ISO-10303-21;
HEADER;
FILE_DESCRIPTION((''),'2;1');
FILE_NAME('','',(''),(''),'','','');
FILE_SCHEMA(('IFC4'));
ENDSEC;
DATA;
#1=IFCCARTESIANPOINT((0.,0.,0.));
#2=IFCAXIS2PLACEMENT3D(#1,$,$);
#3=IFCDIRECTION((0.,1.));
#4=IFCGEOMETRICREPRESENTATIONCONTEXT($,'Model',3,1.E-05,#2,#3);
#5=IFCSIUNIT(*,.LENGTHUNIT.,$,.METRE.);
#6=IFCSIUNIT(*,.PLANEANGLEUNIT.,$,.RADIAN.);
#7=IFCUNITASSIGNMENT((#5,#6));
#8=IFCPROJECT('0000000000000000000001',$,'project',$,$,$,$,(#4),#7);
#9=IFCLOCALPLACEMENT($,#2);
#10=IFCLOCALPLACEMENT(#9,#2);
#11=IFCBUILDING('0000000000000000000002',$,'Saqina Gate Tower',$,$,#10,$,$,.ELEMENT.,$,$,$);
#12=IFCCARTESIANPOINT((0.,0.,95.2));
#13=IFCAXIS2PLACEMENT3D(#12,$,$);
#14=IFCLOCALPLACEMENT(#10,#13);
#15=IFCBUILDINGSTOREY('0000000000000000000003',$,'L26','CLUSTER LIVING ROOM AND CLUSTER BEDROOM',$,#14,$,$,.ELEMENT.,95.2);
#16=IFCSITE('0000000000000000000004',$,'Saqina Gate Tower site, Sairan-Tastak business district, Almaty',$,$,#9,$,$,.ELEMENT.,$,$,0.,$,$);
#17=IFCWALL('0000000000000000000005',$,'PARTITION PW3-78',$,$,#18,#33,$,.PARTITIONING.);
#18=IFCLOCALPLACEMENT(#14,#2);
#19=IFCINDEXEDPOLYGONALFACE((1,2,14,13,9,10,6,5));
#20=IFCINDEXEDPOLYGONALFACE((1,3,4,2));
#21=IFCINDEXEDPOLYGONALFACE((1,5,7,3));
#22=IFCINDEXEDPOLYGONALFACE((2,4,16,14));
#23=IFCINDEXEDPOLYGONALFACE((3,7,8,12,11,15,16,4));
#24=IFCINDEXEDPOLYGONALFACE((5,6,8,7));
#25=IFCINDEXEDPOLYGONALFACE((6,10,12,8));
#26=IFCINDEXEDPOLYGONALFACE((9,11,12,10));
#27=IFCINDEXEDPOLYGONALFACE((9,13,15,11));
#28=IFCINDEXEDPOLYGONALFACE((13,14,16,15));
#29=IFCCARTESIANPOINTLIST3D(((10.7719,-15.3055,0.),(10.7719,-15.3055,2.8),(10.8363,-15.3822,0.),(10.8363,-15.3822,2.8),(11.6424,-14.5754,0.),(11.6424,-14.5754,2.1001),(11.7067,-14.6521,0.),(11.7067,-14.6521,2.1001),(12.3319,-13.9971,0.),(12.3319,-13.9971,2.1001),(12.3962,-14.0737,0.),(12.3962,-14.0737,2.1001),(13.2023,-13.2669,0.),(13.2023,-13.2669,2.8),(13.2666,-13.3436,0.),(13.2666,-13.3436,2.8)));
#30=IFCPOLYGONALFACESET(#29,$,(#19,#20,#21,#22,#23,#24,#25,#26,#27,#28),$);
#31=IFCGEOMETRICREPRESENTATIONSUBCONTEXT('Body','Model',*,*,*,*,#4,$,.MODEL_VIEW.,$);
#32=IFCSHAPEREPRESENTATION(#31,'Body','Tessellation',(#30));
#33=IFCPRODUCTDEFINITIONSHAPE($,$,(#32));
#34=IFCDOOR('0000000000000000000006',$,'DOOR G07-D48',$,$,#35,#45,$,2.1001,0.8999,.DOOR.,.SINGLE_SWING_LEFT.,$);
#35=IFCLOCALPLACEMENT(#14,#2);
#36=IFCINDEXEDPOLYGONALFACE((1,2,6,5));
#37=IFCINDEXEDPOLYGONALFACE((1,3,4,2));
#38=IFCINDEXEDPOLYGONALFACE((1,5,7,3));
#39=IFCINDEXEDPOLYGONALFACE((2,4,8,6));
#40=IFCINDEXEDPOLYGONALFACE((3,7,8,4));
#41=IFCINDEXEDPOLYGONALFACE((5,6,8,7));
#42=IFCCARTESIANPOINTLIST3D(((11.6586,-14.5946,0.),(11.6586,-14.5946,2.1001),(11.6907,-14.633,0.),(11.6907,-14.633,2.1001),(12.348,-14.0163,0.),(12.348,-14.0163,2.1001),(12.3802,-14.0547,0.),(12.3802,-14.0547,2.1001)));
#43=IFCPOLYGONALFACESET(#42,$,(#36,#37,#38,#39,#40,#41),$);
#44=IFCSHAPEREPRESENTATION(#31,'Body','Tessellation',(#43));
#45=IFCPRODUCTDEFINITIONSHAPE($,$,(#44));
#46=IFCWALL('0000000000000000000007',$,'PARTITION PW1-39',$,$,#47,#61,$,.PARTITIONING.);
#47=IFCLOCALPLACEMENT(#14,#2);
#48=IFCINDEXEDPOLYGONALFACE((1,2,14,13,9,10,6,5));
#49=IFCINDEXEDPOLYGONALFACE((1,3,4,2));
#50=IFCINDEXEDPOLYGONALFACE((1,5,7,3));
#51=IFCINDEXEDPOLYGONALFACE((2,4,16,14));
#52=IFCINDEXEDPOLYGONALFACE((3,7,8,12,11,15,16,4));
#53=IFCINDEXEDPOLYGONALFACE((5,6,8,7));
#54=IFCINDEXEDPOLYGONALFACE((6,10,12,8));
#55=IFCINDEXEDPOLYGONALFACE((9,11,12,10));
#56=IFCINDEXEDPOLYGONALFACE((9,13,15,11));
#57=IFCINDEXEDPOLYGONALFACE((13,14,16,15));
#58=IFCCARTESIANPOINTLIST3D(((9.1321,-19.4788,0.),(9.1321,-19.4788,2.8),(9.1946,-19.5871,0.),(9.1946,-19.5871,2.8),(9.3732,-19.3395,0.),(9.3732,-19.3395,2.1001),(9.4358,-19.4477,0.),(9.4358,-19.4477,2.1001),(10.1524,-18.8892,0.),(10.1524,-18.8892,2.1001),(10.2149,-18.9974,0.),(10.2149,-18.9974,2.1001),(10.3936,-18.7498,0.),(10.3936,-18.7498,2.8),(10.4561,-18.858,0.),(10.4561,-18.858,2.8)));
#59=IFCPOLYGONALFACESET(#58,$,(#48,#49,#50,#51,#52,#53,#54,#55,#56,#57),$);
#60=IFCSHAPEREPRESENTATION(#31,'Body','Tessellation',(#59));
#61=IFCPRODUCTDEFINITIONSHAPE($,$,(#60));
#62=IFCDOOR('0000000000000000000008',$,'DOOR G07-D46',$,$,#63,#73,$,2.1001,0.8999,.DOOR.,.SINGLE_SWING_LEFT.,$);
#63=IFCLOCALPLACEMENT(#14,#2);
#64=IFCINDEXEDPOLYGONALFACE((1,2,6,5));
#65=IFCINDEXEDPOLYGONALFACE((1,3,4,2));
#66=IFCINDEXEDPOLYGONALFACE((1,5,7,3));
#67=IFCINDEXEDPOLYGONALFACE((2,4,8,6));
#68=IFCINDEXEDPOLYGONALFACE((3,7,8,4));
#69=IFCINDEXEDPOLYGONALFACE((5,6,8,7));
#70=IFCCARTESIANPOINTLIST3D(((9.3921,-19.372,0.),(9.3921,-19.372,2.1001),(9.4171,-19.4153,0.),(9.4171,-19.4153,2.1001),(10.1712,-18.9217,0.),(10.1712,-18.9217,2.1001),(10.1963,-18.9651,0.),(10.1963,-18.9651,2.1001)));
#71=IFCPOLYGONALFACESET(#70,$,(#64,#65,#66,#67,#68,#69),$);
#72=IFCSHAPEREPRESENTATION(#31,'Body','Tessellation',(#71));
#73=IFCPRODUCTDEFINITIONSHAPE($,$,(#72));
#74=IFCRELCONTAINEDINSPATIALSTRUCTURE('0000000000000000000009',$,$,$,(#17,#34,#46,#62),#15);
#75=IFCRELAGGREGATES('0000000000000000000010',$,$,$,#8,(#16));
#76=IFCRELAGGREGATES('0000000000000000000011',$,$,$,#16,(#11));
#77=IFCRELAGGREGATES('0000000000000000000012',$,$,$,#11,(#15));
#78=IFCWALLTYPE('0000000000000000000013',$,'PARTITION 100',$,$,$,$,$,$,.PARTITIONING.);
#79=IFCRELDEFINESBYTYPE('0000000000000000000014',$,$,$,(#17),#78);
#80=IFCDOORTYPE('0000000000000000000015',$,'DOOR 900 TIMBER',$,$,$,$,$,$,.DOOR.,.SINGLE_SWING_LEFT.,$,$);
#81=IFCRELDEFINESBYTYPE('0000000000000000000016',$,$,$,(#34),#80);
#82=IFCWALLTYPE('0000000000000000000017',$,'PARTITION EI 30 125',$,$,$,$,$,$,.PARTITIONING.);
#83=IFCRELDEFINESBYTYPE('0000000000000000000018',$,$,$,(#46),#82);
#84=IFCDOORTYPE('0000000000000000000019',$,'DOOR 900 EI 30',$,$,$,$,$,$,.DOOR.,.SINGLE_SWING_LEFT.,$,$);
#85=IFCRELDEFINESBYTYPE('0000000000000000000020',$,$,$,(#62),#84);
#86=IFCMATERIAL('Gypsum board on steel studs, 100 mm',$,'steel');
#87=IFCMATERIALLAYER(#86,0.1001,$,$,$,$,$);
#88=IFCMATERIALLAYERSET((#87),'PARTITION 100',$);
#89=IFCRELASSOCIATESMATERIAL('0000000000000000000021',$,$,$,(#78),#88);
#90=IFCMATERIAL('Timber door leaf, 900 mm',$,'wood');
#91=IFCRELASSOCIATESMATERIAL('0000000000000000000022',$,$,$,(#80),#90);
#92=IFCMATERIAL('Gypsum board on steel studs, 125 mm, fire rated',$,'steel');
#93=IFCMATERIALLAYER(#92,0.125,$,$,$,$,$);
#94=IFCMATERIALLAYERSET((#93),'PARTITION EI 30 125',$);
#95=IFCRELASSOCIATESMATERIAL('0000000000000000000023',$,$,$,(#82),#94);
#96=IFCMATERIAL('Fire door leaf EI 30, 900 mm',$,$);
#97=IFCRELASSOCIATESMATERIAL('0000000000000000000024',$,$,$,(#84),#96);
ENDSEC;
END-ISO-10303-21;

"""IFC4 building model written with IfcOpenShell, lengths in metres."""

from ifc_helpers import new_model, si_unit, direction, frame, frame_2d, origin, place, context, subcontext, project, spatial, rectangle, extrude, material, layer, layer_set, type_object, element, fill, save


model = new_model("IFC4")

# Units and contexts
model_context = context("Model", 3, precision=1e-05, world=origin(), true_north=direction((0.0, 1.0)))
body_context = subcontext(model_context, "Body", "Model", "MODEL_VIEW")
ifc_project = project(units=[si_unit("LENGTHUNIT", "METRE"), si_unit("PLANEANGLEUNIT", "RADIAN")], contexts=[model_context])

# Site, building, storey
site_placement = place(None, origin())
site = spatial("IfcSite", under=ifc_project, at=site_placement, Name="Saqina Gate Tower site, Sairan-Tastak business district, Almaty", CompositionType="ELEMENT", RefElevation=0.0)
building_placement = place(site_placement, origin())
building = spatial("IfcBuilding", under=site, at=building_placement, Name="Saqina Gate Tower", CompositionType="ELEMENT")
storey_placement = place(building_placement, frame((0.0, 0.0, 95.2)))
storey = spatial("IfcBuildingStorey", under=building, at=storey_placement, Name="L26", Description="CLUSTER LIVING ROOM AND CLUSTER BEDROOM", CompositionType="ELEMENT", Elevation=95.2)

# Shared definitions
ifc_material_1 = material(Name="Gypsum board on steel studs, 100 mm", Category="steel")
ifc_layer_1 = layer(ifc_material_1, 0.1001)
ifc_layer_set_1 = layer_set([ifc_layer_1], Name="PARTITION 100")
wall_type_1 = type_object("IfcWallType", Name="PARTITION 100", PredefinedType="PARTITIONING", material=ifc_layer_set_1)

# Walls, openings, doors
wall_1_placement = place(storey_placement, frame((10.8042, -15.3438, 0.0), z_axis=(0.0, 0.0, 1.0), x_axis=(0.766167, 0.642641, 0.0)))
wall_1 = element("IfcWall", 1, at=wall_1_placement, inside=storey, type_object=wall_type_1, Name="PARTITION PW3-78", PredefinedType="PARTITIONING", context=body_context, shape_type="SweptSolid", body=[
    extrude(rectangle(XDim=3.1721, YDim=0.1001, at=frame_2d((1.5859, 0.0))), origin(), (0.0, 0.0, 1.0), 2.8),
])
opening_1_placement = place(wall_1_placement, frame((1.136, 0.0, 0.0)))
opening_1 = element("IfcOpeningElement", 2, at=opening_1_placement, cuts=wall_1, PredefinedType="OPENING", context=body_context, shape_type="SweptSolid", body=[
    extrude(rectangle(XDim=0.8999, YDim=2.1001, at=frame_2d((0.45, 1.05))), frame((0.0, 0.062, 0.0), z_axis=(0.0, -1.0, 0.0), x_axis=(1.0, 0.0, 0.0)), (0.0, 0.0, 1.0), 0.124),
])
ifc_material_2 = material(Name="Timber door leaf, 900 mm", Category="wood")
door_type_1 = type_object("IfcDoorType", Name="DOOR 900 TIMBER", OperationType="SINGLE_SWING_LEFT", PredefinedType="DOOR", material=ifc_material_2)
door_1_placement = place(opening_1_placement, origin())
door_1 = element("IfcDoor", 3, at=door_1_placement, inside=storey, type_object=door_type_1, Name="DOOR G07-D48", OperationType="SINGLE_SWING_LEFT", OverallHeight=2.1001, OverallWidth=0.8999, PredefinedType="DOOR", context=body_context, shape_type="SweptSolid", body=[
    extrude(rectangle(XDim=0.8999, YDim=2.1001, at=frame_2d((0.45, 1.05))), frame((0.0, 0.0249, 0.0), z_axis=(0.0, -1.0, 0.0), x_axis=(1.0, 0.0, 0.0)), (0.0, 0.0, 1.0), 0.05),
])
fill(opening_1, door_1)
ifc_material_3 = material(Name="Gypsum board on steel studs, 125 mm, fire rated", Category="steel")
ifc_layer_2 = layer(ifc_material_3, 0.125)
ifc_layer_set_2 = layer_set([ifc_layer_2], Name="PARTITION EI 30 125")
wall_type_2 = type_object("IfcWallType", Name="PARTITION EI 30 125", PredefinedType="PARTITIONING", material=ifc_layer_set_2)
wall_2_placement = place(storey_placement, frame((9.1633, -19.533, 0.0), z_axis=(0.0, 0.0, 1.0), x_axis=(0.86582, 0.500356, 0.0)))
wall_2 = element("IfcWall", 4, at=wall_2_placement, inside=storey, type_object=wall_type_2, Name="PARTITION PW1-39", PredefinedType="PARTITIONING", context=body_context, shape_type="SweptSolid", body=[
    extrude(rectangle(XDim=1.457, YDim=0.125, at=frame_2d((0.7285, 0.0))), origin(), (0.0, 0.0, 1.0), 2.8),
])
opening_2_placement = place(wall_2_placement, frame((0.2786, 0.0, 0.0)))
opening_2 = element("IfcOpeningElement", 5, at=opening_2_placement, cuts=wall_2, PredefinedType="OPENING", context=body_context, shape_type="SweptSolid", body=[
    extrude(rectangle(XDim=0.8999, YDim=2.1001, at=frame_2d((0.45, 1.05))), frame((0.0, 0.0745, 0.0), z_axis=(0.0, -1.0, 0.0), x_axis=(1.0, 0.0, 0.0)), (0.0, 0.0, 1.0), 0.1489),
])
ifc_material_4 = material(Name="Fire door leaf EI 30, 900 mm")
door_type_2 = type_object("IfcDoorType", Name="DOOR 900 EI 30", OperationType="SINGLE_SWING_LEFT", PredefinedType="DOOR", material=ifc_material_4)
door_2_placement = place(opening_2_placement, origin())
door_2 = element("IfcDoor", 6, at=door_2_placement, inside=storey, type_object=door_type_2, Name="DOOR G07-D46", OperationType="SINGLE_SWING_LEFT", OverallHeight=2.1001, OverallWidth=0.8999, PredefinedType="DOOR", context=body_context, shape_type="SweptSolid", body=[
    extrude(rectangle(XDim=0.8999, YDim=2.1001, at=frame_2d((0.45, 1.05))), frame((0.0, 0.0249, 0.0), z_axis=(0.0, -1.0, 0.0), x_axis=(1.0, 0.0, 0.0)), (0.0, 0.0, 1.0), 0.05),
])
fill(opening_2, door_2)

save(model, "model.ifc")
